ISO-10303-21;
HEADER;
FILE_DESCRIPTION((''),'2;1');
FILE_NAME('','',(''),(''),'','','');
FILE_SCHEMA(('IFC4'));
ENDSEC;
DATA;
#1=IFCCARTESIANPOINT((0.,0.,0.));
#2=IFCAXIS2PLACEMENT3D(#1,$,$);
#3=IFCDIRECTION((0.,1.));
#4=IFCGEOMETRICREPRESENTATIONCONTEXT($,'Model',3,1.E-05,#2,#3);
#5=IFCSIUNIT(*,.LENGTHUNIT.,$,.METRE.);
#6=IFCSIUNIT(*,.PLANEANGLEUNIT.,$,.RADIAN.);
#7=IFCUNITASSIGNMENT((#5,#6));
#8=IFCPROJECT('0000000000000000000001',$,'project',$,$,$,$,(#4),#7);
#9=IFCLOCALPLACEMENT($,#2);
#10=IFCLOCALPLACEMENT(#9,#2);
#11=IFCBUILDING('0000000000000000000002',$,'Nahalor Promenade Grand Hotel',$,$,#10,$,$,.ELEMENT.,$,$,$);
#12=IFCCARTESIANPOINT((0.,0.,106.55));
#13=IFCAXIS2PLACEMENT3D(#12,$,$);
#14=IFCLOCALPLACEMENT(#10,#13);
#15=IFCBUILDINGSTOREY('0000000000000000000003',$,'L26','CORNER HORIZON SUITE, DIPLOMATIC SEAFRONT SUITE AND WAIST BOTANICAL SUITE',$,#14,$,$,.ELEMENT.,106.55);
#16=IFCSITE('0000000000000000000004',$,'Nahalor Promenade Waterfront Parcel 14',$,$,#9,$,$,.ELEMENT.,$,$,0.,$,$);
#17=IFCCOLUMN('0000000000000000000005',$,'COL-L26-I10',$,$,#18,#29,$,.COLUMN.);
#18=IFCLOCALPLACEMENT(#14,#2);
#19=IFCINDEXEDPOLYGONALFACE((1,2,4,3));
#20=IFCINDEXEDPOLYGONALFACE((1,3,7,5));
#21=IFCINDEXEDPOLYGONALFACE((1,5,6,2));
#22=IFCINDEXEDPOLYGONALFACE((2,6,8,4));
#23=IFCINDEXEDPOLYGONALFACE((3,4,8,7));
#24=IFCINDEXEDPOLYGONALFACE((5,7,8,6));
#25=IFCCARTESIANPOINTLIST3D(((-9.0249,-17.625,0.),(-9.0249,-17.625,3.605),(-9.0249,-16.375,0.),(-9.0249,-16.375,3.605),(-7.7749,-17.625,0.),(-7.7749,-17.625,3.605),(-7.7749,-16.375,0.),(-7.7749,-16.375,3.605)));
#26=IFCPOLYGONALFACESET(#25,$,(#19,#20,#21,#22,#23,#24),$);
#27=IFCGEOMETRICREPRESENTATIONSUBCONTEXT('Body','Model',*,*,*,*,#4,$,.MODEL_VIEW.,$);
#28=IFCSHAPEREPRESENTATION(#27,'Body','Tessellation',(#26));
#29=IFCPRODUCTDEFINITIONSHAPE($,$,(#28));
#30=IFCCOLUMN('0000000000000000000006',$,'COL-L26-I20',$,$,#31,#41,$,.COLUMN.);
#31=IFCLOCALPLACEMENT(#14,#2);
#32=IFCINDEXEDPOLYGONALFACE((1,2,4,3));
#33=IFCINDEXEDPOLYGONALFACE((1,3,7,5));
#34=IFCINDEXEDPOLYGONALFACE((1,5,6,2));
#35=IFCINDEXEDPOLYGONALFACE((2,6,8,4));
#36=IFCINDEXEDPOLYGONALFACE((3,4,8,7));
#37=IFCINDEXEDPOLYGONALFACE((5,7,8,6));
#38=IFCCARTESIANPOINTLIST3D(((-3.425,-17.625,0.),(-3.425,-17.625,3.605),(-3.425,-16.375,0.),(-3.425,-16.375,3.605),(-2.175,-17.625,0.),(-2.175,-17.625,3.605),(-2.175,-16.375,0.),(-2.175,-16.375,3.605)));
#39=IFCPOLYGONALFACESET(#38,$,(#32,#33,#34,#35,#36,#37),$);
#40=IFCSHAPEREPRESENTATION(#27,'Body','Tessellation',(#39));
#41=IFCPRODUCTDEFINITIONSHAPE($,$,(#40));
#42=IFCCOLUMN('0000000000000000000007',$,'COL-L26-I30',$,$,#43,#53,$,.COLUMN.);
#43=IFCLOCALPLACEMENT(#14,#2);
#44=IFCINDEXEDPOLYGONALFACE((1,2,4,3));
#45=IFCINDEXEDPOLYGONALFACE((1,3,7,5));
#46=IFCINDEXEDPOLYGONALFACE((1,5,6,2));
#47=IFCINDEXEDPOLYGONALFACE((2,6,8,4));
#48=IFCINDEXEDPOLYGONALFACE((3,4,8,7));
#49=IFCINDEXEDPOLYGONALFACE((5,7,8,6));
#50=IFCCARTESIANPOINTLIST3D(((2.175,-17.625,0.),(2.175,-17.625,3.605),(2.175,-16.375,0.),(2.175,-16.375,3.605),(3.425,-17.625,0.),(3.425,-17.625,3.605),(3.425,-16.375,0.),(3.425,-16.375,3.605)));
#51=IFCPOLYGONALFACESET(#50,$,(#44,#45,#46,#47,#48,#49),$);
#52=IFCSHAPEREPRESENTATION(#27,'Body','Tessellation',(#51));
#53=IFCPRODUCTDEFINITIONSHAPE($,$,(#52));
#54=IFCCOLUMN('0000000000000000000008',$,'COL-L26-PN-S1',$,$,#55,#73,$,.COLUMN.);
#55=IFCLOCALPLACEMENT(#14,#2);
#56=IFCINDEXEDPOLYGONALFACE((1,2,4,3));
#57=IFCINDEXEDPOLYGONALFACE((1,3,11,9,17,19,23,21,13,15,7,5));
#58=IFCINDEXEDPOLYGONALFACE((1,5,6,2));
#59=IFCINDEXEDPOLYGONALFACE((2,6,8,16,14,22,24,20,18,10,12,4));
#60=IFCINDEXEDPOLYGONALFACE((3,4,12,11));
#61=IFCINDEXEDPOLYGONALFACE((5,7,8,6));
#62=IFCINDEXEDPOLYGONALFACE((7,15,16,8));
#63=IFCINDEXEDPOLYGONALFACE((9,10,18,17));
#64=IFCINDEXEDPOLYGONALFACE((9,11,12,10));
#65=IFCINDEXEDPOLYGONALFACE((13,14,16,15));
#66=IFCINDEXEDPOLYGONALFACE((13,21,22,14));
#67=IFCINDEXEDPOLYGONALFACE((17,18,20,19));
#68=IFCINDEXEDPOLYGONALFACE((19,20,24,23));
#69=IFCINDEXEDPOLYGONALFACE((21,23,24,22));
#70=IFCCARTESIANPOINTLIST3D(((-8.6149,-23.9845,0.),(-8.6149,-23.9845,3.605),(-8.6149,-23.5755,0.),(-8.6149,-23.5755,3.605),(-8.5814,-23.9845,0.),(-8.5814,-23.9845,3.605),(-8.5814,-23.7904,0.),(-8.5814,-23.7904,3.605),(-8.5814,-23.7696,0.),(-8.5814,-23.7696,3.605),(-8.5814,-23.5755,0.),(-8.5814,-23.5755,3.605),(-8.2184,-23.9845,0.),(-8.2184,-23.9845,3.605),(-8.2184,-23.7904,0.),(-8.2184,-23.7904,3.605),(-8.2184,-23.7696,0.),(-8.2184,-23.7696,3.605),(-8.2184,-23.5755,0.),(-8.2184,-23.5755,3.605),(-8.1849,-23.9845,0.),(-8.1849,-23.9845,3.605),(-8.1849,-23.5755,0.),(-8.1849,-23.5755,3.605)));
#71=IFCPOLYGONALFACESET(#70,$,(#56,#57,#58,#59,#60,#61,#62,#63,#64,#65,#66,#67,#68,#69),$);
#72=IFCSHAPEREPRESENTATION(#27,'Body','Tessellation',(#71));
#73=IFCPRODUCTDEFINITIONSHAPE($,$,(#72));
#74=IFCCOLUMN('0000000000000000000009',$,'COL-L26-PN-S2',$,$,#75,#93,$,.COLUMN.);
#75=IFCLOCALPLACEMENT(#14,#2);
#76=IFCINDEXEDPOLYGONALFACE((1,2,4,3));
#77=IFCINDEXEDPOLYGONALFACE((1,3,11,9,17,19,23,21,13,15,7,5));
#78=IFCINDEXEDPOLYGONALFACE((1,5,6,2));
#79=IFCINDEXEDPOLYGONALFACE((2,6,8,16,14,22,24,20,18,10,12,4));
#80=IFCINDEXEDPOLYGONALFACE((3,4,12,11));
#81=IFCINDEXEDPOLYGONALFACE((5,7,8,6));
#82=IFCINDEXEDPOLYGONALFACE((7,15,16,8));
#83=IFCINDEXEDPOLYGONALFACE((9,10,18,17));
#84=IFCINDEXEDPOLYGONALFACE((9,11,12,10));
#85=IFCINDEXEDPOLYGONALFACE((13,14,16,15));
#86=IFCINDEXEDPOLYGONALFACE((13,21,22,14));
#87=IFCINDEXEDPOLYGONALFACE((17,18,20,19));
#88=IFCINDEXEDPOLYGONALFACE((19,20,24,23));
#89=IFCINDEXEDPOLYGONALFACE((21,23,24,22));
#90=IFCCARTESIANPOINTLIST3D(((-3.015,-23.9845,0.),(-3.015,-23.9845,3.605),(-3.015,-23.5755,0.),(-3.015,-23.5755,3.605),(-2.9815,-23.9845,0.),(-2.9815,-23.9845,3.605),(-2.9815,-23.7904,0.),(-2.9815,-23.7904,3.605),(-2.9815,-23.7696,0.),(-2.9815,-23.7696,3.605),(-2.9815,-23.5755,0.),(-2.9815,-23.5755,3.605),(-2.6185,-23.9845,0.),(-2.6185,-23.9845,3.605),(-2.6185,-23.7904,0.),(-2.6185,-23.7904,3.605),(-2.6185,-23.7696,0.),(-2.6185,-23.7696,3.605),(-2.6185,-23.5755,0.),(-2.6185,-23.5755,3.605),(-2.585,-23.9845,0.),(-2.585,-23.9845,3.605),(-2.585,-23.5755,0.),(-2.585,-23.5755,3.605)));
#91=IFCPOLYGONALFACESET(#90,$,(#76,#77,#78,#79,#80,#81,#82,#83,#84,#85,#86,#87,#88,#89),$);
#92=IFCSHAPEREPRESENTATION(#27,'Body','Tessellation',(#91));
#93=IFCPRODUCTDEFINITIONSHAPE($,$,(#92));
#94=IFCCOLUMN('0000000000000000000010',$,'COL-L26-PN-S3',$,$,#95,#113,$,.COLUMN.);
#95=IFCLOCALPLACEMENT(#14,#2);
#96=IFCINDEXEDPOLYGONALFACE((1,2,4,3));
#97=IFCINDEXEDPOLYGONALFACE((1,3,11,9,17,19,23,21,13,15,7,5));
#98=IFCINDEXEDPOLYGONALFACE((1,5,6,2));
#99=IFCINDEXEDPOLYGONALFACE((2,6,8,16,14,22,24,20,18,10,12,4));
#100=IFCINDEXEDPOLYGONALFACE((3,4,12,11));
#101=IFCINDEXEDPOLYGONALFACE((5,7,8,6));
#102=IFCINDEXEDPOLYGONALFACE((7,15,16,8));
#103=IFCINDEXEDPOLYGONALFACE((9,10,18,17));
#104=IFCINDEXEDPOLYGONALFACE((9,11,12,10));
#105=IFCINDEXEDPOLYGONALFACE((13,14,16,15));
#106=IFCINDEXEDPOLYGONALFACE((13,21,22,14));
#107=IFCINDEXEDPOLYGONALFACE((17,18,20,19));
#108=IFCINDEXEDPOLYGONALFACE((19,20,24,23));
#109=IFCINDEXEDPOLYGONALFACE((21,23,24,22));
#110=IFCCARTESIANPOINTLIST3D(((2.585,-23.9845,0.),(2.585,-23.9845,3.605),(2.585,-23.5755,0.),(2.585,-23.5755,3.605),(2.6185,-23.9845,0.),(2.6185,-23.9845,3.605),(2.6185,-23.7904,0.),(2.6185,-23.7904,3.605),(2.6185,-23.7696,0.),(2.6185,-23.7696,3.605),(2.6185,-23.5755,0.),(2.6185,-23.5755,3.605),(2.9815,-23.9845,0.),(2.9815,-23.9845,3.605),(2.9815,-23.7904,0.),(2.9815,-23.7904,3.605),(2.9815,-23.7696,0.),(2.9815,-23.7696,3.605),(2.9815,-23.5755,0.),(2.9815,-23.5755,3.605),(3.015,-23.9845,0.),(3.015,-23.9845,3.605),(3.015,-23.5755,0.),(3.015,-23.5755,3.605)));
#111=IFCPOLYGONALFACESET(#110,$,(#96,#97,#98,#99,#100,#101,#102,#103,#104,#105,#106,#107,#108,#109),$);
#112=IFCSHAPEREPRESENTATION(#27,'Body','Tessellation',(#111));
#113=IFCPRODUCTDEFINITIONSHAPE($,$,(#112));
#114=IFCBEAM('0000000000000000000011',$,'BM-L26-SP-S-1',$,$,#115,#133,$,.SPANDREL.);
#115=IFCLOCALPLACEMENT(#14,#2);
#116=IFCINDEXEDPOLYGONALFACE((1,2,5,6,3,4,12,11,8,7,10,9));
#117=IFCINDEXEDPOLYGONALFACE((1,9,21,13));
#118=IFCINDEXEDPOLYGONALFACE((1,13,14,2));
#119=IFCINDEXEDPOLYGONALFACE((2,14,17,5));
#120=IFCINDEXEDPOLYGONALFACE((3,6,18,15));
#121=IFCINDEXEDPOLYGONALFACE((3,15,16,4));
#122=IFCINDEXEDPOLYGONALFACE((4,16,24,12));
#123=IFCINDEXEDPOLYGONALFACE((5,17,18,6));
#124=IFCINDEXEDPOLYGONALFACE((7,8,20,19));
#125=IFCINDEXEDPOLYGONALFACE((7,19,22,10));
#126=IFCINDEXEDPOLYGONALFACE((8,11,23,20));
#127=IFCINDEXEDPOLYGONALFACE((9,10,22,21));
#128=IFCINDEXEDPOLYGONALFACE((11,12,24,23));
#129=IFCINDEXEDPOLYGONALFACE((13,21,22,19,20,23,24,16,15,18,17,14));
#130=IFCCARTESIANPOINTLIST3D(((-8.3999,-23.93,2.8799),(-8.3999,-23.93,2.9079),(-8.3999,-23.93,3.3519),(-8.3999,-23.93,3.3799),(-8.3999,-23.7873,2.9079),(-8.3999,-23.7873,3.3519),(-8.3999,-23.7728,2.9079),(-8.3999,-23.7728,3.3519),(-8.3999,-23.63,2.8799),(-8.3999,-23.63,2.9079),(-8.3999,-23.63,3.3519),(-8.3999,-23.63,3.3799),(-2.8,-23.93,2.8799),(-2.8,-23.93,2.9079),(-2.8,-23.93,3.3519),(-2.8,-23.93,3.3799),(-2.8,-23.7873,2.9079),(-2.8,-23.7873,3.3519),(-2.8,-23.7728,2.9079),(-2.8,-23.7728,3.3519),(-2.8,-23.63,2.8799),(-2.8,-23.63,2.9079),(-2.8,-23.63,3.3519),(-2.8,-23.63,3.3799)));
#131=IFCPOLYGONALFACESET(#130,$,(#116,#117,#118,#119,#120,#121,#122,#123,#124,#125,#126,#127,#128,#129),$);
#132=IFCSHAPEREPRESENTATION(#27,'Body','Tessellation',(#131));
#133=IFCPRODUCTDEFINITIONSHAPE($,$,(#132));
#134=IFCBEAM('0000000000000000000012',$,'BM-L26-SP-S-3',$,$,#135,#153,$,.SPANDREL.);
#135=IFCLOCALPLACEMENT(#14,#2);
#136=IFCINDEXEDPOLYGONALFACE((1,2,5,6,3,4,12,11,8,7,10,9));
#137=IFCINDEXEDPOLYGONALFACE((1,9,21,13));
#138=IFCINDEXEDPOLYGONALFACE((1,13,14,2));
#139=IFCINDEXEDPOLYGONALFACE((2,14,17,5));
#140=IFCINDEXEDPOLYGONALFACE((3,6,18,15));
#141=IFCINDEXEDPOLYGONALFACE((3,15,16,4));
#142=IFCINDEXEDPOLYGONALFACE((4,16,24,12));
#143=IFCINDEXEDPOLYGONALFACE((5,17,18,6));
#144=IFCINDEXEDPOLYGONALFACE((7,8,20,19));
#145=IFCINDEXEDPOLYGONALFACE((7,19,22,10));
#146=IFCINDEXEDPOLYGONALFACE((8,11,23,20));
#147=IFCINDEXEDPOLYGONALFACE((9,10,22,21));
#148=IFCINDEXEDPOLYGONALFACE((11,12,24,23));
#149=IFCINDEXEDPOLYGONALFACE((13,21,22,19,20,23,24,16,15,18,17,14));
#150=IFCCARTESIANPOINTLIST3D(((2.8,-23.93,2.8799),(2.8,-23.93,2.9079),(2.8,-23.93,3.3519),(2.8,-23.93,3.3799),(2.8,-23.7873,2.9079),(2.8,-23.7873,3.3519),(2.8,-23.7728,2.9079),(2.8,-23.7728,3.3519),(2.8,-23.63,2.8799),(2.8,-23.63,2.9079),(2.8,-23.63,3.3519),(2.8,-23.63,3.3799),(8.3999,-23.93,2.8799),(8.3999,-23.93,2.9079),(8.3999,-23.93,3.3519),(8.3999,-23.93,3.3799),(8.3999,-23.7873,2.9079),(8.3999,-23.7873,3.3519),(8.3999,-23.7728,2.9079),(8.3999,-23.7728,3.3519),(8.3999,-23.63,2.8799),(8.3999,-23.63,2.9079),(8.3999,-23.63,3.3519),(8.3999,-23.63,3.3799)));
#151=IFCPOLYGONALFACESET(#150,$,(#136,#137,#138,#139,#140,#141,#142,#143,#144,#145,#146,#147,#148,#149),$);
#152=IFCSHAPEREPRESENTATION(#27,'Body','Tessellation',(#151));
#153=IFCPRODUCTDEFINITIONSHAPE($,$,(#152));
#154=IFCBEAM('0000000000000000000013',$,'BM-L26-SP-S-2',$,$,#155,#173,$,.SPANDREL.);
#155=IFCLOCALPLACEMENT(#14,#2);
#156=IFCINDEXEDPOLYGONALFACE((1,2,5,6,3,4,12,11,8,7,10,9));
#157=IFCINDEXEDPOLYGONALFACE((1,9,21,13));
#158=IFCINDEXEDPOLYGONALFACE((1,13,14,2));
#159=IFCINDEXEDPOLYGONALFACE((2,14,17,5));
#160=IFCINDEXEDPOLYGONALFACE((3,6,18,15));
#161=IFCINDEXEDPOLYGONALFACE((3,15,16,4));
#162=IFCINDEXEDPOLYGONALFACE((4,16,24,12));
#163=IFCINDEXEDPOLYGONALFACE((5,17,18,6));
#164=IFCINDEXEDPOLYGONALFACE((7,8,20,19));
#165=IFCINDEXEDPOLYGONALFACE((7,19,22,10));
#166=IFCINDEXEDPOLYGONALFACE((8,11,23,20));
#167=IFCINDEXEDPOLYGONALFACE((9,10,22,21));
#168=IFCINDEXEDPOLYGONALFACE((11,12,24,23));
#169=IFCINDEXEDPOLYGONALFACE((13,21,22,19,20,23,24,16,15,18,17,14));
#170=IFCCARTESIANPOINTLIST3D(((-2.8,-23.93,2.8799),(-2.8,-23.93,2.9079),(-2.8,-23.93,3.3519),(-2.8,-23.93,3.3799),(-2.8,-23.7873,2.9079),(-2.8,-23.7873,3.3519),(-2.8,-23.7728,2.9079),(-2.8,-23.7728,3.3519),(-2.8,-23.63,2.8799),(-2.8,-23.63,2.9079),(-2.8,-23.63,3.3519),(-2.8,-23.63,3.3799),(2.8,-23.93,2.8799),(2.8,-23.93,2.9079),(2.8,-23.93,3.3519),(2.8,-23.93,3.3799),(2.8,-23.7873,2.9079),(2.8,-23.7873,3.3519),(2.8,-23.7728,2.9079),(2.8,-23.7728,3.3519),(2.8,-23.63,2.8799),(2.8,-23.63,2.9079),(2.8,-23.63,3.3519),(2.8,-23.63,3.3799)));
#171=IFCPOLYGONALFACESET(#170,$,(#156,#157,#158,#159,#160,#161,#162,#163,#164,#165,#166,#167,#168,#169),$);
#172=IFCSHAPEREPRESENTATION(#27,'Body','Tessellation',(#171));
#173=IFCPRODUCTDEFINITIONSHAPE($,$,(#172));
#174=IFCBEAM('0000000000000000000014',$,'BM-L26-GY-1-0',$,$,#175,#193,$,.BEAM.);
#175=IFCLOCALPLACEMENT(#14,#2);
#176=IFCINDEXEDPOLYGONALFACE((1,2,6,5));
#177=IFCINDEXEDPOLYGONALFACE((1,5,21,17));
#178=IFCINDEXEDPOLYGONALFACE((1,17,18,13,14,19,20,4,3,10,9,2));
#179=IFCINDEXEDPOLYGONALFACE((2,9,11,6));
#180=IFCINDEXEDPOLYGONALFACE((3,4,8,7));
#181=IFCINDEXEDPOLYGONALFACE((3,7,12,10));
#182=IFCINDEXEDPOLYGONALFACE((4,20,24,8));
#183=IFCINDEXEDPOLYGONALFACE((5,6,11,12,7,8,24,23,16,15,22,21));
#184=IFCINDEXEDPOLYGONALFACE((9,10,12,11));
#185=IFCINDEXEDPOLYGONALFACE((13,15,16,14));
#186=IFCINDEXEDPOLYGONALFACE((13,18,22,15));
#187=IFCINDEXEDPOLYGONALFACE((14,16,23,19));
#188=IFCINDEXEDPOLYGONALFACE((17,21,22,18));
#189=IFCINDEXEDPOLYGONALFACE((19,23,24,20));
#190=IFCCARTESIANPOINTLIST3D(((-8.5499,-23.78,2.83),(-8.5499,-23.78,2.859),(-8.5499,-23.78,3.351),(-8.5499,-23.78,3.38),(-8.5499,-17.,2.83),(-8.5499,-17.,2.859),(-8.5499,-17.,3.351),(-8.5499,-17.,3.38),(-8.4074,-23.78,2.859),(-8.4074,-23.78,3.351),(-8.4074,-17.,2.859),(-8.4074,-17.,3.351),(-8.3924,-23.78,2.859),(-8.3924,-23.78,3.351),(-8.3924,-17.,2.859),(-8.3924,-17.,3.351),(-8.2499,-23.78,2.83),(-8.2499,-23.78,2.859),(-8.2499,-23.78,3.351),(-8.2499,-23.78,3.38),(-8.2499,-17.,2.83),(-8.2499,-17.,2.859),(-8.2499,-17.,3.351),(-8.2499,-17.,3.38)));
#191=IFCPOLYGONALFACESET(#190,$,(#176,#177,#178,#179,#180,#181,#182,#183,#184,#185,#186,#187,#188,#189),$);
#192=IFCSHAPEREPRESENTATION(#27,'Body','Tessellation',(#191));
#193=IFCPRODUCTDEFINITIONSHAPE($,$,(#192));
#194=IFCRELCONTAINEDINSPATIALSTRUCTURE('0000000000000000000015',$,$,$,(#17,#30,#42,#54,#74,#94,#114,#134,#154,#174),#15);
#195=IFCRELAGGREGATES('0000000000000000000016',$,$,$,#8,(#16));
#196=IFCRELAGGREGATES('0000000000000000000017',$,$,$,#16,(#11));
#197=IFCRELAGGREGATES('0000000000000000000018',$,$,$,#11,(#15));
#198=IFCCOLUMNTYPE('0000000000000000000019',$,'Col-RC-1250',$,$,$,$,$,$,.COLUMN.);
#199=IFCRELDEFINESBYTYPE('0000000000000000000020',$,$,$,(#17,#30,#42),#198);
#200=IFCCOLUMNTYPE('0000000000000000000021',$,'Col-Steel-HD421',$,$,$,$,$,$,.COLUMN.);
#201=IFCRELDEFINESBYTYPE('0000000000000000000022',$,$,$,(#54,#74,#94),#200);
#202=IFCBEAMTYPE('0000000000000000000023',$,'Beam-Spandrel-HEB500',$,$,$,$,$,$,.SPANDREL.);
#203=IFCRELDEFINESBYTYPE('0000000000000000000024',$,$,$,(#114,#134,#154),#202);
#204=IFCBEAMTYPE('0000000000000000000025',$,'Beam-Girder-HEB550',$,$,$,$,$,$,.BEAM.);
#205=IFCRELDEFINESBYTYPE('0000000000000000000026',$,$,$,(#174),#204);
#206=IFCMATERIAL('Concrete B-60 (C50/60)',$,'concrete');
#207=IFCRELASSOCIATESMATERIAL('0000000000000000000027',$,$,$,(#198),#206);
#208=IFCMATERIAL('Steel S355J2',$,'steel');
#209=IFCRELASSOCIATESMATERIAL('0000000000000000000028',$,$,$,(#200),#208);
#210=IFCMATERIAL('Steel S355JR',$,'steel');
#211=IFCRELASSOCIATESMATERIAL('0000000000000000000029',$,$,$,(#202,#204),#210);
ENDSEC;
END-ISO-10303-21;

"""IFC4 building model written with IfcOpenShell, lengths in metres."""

from ifc_helpers import new_model, si_unit, direction, frame, origin, origin_2d, place, context, subcontext, project, spatial, rectangle, i_section, extrude, source, transform, mapped, material, material_profile, profile_set, type_object, element, save


model = new_model("IFC4")

# Units and contexts
model_context = context("Model", 3, precision=1e-05, world=origin(), true_north=direction((0.0, 1.0)))
body_context = subcontext(model_context, "Body", "Model", "MODEL_VIEW")
ifc_project = project(units=[si_unit("LENGTHUNIT", "METRE"), si_unit("PLANEANGLEUNIT", "RADIAN")], contexts=[model_context])

# Site, building, storey
site_placement = place(None, origin())
site = spatial("IfcSite", under=ifc_project, at=site_placement, Name="Nahalor Promenade Waterfront Parcel 14", CompositionType="ELEMENT", RefElevation=0.0)
building_placement = place(site_placement, origin())
building = spatial("IfcBuilding", under=site, at=building_placement, Name="Nahalor Promenade Grand Hotel", CompositionType="ELEMENT")
storey_placement = place(building_placement, frame((0.0, 0.0, 106.55)))
storey = spatial("IfcBuildingStorey", under=building, at=storey_placement, Name="L26", Description="CORNER HORIZON SUITE, DIPLOMATIC SEAFRONT SUITE AND WAIST BOTANICAL SUITE", CompositionType="ELEMENT", Elevation=106.55)

# Columns
ifc_material_1 = material(Name="Concrete B-60 (C50/60)", Category="concrete")
ifc_material_profile_1 = material_profile(ifc_material_1, rectangle(XDim=1.25, YDim=1.25, at=origin_2d()), Name="RC 1250x1250")
ifc_profile_set_1 = profile_set([ifc_material_profile_1], Name="Concrete B-60 (C50/60)")
column_type_1 = type_object("IfcColumnType", Name="Col-RC-1250", PredefinedType="COLUMN", material=ifc_profile_set_1)
shared_shape_1 = source(origin(), body_context, "Body", "SweptSolid", [
    extrude(rectangle(XDim=1.25, YDim=1.25, at=origin_2d()), origin(), (0.0, 0.0, 1.0), 3.605),
])
for number, where, z_axis, x_axis, name in (
    (1, (-8.3999, -17.0, 0.0), (0.0, 0.0, 1.0), (1.0, 0.0, 0.0), "COL-L26-I10"),
    (2, (-2.8, -17.0, 0.0), (0.0, 0.0, 1.0), (1.0, 0.0, 0.0), "COL-L26-I20"),
    (3, (2.8, -17.0, 0.0), (0.0, 0.0, 1.0), (1.0, 0.0, 0.0), "COL-L26-I30"),
):
    element("IfcColumn", number, at=place(storey_placement, frame(where, z_axis=z_axis, x_axis=x_axis)), inside=storey, type_object=column_type_1, Name=name, PredefinedType="COLUMN", context=body_context, shape_type="MappedRepresentation", body=[
        mapped(shared_shape_1, transform((0.0, 0.0, 0.0), scale=1.0)),
    ])
ifc_material_2 = material(Name="Steel S355J2", Category="steel")
ifc_material_profile_2 = material_profile(ifc_material_2, i_section(OverallWidth=0.409, OverallDepth=0.43, WebThickness=0.0208, FlangeThickness=0.0335, at=origin_2d()), Name="HD 400x421")
ifc_profile_set_2 = profile_set([ifc_material_profile_2], Name="Steel S355J2")
column_type_2 = type_object("IfcColumnType", Name="Col-Steel-HD421", PredefinedType="COLUMN", material=ifc_profile_set_2)
shared_shape_2 = source(origin(), body_context, "Body", "SweptSolid", [
    extrude(i_section(OverallWidth=0.409, OverallDepth=0.43, WebThickness=0.0208, FlangeThickness=0.0335, at=origin_2d()), origin(), (0.0, 0.0, 1.0), 3.605),
])
for number, where, z_axis, x_axis, name in (
    (4, (-8.3999, -23.78, 0.0), (0.0, 0.0, 1.0), (0.0, 1.0, 0.0), "COL-L26-PN-S1"),
    (5, (-2.8, -23.78, 0.0), (0.0, 0.0, 1.0), (0.0, 1.0, 0.0), "COL-L26-PN-S2"),
    (6, (2.8, -23.78, 0.0), (0.0, 0.0, 1.0), (0.0, 1.0, 0.0), "COL-L26-PN-S3"),
):
    element("IfcColumn", number, at=place(storey_placement, frame(where, z_axis=z_axis, x_axis=x_axis)), inside=storey, type_object=column_type_2, Name=name, PredefinedType="COLUMN", context=body_context, shape_type="MappedRepresentation", body=[
        mapped(shared_shape_2, transform((0.0, 0.0, 0.0), scale=1.0)),
    ])

# Beams
ifc_material_3 = material(Name="Steel S355JR", Category="steel")
ifc_material_profile_3 = material_profile(ifc_material_3, i_section(OverallWidth=0.3, OverallDepth=0.5, WebThickness=0.0145, FlangeThickness=0.028, at=origin_2d()), Name="HEB 500")
ifc_profile_set_3 = profile_set([ifc_material_profile_3], Name="Steel S355JR")
beam_type_1 = type_object("IfcBeamType", Name="Beam-Spandrel-HEB500", PredefinedType="SPANDREL", material=ifc_profile_set_3)
shared_shape_3 = source(origin(), body_context, "Body", "SweptSolid", [
    extrude(i_section(OverallWidth=0.3, OverallDepth=0.5, WebThickness=0.0145, FlangeThickness=0.028, at=origin_2d()), origin(), (0.0, 0.0, 1.0), 5.5999),
])
for number, where, z_axis, x_axis, name in (
    (7, (-8.3999, -23.78, 3.1299), (1.0, 0.0, 0.0), (0.0, 1.0, 0.0), "BM-L26-SP-S-1"),
    (8, (2.8, -23.78, 3.1299), (1.0, 0.0, 0.0), (0.0, 1.0, 0.0), "BM-L26-SP-S-3"),
):
    element("IfcBeam", number, at=place(storey_placement, frame(where, z_axis=z_axis, x_axis=x_axis)), inside=storey, type_object=beam_type_1, Name=name, PredefinedType="SPANDREL", context=body_context, shape_type="MappedRepresentation", body=[
        mapped(shared_shape_3, transform((0.0, 0.0, 0.0), scale=1.0)),
    ])
shared_shape_4 = source(origin(), body_context, "Body", "SweptSolid", [
    extrude(i_section(OverallWidth=0.3, OverallDepth=0.5, WebThickness=0.0145, FlangeThickness=0.028, at=origin_2d()), origin(), (0.0, 0.0, 1.0), 5.6001),
])
beam_1_placement = place(storey_placement, frame((-2.8, -23.78, 3.1299), z_axis=(1.0, 0.0, 0.0), x_axis=(0.0, 1.0, 0.0)))
element("IfcBeam", 9, at=beam_1_placement, inside=storey, type_object=beam_type_1, Name="BM-L26-SP-S-2", PredefinedType="SPANDREL", context=body_context, shape_type="MappedRepresentation", body=[
    mapped(shared_shape_4, transform((0.0, 0.0, 0.0), scale=1.0)),
])
ifc_material_profile_4 = material_profile(ifc_material_3, i_section(OverallWidth=0.3, OverallDepth=0.55, WebThickness=0.015, FlangeThickness=0.029, at=origin_2d()), Name="HEB 550")
ifc_profile_set_4 = profile_set([ifc_material_profile_4], Name="Steel S355JR")
beam_type_2 = type_object("IfcBeamType", Name="Beam-Girder-HEB550", PredefinedType="BEAM", material=ifc_profile_set_4)
shared_shape_5 = source(origin(), body_context, "Body", "SweptSolid", [
    extrude(i_section(OverallWidth=0.3, OverallDepth=0.55, WebThickness=0.015, FlangeThickness=0.029, at=origin_2d()), origin(), (0.0, 0.0, 1.0), 6.78),
])
for number, where, z_axis, x_axis, name in (
    (10, (-8.3999, -23.78, 3.105), (0.0, 1.0, 0.0), (-1.0, 0.0, 0.0), "BM-L26-GY-1-0"),
):
    element("IfcBeam", number, at=place(storey_placement, frame(where, z_axis=z_axis, x_axis=x_axis)), inside=storey, type_object=beam_type_2, Name=name, PredefinedType="BEAM", context=body_context, shape_type="MappedRepresentation", body=[
        mapped(shared_shape_5, transform((0.0, 0.0, 0.0), scale=1.0)),
    ])

save(model, "model.ifc")
